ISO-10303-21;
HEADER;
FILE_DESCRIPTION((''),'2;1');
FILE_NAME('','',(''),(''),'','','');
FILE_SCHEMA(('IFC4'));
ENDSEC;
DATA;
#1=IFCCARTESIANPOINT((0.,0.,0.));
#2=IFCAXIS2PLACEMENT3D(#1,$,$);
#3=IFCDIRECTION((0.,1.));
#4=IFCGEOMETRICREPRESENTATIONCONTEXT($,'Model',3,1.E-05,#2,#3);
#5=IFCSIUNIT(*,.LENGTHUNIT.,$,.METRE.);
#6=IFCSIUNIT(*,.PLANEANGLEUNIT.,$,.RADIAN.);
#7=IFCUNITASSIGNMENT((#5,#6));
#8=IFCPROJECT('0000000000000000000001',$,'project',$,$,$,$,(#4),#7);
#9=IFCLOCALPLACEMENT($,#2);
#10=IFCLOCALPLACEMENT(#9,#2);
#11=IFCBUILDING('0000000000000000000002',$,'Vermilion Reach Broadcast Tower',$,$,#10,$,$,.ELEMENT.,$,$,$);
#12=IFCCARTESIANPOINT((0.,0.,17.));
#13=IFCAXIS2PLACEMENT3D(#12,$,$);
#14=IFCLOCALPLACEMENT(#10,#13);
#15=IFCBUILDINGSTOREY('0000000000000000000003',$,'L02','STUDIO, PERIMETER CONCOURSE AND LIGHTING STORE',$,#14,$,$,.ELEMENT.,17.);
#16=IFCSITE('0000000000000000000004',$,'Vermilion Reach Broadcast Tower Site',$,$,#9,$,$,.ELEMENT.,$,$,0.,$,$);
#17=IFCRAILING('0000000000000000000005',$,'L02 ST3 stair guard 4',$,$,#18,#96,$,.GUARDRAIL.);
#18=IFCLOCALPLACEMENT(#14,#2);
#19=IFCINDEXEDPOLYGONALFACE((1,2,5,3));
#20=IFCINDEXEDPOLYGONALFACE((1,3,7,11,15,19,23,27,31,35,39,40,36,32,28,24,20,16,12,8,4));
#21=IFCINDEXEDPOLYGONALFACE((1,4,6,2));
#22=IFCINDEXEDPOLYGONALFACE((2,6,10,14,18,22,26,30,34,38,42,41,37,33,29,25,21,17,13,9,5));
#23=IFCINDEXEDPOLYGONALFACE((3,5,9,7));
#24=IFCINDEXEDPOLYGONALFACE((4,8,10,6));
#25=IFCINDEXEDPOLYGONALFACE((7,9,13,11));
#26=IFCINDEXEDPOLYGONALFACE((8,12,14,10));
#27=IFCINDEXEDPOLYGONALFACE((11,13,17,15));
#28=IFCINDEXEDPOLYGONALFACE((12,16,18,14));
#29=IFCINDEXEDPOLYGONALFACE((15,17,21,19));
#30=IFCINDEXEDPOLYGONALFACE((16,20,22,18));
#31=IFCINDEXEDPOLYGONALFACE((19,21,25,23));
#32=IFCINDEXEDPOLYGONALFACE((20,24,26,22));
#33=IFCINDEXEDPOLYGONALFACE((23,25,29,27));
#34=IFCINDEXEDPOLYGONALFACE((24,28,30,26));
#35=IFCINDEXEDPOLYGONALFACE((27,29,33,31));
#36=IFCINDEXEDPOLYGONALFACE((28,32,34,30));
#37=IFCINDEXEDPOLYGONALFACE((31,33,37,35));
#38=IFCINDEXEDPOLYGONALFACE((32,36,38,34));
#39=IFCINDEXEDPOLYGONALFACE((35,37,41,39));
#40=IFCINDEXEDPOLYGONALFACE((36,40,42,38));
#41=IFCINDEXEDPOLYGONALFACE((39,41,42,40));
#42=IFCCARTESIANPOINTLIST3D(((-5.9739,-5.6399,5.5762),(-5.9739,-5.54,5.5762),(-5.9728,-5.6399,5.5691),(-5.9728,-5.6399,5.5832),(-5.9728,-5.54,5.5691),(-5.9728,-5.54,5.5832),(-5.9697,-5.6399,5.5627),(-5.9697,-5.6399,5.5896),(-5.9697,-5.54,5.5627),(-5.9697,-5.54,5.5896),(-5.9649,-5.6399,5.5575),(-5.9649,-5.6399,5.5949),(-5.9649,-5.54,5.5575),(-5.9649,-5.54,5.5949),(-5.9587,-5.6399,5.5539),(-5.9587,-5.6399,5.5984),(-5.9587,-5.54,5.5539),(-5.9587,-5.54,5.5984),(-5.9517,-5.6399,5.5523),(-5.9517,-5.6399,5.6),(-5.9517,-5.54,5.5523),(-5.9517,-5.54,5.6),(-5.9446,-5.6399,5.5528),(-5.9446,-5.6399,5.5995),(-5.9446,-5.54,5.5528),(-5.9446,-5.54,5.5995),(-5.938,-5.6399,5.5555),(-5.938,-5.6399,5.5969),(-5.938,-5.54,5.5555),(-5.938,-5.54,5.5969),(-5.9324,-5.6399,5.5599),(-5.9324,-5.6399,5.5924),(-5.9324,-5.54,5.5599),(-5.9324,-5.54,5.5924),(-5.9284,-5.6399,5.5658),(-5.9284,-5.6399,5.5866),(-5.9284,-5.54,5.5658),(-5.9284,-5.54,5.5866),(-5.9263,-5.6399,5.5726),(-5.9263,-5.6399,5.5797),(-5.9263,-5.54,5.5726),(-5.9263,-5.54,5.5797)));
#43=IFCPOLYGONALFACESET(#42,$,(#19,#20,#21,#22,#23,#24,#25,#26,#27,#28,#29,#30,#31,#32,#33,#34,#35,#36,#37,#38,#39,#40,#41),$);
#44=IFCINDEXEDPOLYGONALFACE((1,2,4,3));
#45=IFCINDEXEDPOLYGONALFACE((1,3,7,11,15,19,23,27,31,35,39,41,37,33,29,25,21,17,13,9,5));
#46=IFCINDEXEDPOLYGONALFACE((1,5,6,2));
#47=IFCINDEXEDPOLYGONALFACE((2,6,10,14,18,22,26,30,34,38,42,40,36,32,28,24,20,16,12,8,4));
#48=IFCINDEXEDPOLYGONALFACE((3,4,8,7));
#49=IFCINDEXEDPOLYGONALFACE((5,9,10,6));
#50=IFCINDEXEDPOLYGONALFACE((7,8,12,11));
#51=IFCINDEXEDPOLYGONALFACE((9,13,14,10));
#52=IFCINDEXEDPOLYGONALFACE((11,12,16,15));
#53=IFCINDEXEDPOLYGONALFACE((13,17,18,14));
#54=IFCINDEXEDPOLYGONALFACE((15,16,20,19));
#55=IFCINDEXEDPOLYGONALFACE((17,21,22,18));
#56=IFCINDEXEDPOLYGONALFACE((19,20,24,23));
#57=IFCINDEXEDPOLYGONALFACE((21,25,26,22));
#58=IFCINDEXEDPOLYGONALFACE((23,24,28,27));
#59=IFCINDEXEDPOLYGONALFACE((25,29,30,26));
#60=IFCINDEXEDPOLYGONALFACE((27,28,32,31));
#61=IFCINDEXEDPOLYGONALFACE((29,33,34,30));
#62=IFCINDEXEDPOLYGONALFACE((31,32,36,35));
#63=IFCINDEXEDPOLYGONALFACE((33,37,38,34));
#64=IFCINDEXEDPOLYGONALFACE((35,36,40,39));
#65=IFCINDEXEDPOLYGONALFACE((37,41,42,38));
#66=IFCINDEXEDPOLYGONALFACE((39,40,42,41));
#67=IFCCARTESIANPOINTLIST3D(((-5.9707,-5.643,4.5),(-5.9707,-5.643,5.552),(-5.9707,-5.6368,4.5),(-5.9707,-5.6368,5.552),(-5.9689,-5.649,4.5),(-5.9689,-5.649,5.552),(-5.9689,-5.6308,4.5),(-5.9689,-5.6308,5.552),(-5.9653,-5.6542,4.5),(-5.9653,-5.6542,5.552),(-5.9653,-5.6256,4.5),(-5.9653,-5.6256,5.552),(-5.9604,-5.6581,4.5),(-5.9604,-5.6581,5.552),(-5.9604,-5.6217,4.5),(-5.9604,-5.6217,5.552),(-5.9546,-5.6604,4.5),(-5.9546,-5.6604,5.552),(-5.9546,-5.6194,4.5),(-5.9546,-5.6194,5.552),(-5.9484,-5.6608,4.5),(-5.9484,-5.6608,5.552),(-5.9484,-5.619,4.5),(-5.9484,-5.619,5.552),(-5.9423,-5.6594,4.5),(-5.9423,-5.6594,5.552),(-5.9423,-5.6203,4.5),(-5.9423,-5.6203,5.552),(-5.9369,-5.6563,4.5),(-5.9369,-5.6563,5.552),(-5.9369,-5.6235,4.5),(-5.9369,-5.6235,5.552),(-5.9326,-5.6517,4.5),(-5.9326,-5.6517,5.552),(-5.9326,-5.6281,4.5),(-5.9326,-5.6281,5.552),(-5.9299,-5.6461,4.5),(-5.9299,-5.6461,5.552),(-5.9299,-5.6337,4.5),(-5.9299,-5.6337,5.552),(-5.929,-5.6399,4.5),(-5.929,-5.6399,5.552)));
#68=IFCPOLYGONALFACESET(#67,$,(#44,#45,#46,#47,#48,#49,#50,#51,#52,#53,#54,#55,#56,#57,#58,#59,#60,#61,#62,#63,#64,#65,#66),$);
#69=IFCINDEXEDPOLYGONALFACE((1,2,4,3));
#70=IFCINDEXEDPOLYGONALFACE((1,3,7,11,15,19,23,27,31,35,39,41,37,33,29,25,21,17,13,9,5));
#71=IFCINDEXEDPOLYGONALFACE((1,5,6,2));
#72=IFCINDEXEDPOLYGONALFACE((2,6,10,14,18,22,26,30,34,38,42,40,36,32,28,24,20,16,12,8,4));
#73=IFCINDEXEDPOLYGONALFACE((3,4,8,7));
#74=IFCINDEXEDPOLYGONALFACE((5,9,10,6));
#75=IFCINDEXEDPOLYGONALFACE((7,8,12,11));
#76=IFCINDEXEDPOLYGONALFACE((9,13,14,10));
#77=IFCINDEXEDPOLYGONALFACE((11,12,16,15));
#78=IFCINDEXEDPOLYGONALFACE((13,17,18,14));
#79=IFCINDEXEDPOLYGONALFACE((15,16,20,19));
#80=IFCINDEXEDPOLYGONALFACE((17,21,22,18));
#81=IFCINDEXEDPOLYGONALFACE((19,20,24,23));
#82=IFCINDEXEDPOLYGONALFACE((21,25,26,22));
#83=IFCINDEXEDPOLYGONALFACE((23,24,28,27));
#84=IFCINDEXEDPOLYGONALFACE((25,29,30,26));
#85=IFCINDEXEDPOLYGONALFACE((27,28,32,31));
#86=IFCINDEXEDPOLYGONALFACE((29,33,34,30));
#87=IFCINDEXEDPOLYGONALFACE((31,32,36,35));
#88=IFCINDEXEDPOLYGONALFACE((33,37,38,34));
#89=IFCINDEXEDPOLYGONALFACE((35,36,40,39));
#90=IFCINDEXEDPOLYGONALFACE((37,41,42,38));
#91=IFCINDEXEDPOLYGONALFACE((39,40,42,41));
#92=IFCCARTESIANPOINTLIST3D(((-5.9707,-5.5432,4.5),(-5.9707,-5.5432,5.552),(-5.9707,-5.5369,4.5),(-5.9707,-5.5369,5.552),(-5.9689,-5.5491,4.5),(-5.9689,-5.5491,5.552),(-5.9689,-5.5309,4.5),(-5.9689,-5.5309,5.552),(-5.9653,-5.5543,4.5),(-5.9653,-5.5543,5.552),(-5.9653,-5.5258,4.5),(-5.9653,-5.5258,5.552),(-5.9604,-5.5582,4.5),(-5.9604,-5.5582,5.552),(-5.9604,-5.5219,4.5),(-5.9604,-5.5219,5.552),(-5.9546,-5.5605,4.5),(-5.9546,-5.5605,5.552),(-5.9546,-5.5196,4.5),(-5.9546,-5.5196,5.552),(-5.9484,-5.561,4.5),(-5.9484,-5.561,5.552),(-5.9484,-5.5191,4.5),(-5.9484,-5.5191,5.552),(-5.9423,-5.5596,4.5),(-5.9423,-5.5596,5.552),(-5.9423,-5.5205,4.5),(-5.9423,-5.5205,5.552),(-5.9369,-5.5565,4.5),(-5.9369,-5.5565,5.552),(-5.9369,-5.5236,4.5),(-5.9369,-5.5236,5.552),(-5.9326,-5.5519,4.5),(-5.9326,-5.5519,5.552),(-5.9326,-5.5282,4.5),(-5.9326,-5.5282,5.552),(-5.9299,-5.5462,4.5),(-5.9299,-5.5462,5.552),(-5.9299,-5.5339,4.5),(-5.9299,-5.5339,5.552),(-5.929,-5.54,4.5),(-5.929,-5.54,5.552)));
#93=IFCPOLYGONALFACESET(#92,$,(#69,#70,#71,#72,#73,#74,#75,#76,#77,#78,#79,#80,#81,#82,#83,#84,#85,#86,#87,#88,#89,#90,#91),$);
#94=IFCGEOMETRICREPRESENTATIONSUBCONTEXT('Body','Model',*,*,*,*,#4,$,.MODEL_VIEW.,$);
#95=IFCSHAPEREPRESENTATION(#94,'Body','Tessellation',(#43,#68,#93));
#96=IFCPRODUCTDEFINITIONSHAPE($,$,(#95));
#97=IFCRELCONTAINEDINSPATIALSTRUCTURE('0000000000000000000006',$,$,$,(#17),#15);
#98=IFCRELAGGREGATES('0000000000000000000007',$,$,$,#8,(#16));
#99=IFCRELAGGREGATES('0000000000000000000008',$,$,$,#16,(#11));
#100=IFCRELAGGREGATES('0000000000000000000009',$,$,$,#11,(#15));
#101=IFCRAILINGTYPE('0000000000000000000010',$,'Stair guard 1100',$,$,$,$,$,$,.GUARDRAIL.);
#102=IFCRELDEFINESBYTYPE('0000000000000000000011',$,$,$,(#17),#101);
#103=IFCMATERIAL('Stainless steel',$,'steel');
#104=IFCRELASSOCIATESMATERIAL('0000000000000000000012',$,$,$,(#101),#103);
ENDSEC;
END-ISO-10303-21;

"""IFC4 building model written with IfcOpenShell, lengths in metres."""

from ifc_helpers import new_model, si_unit, direction, frame, origin, origin_2d, place, context, subcontext, project, spatial, circle, extrude, material, type_object, element, save


model = new_model("IFC4")

# Units and contexts
model_context = context("Model", 3, precision=1e-05, world=origin(), true_north=direction((0.0, 1.0)))
body_context = subcontext(model_context, "Body", "Model", "MODEL_VIEW")
ifc_project = project(units=[si_unit("LENGTHUNIT", "METRE"), si_unit("PLANEANGLEUNIT", "RADIAN")], contexts=[model_context])

# Site, building, storey
site_placement = place(None, origin())
site = spatial("IfcSite", under=ifc_project, at=site_placement, Name="Vermilion Reach Broadcast Tower Site", CompositionType="ELEMENT", RefElevation=0.0)
building_placement = place(site_placement, origin())
building = spatial("IfcBuilding", under=site, at=building_placement, Name="Vermilion Reach Broadcast Tower", CompositionType="ELEMENT")
storey_placement = place(building_placement, frame((0.0, 0.0, 17.0)))
storey = spatial("IfcBuildingStorey", under=building, at=storey_placement, Name="L02", Description="STUDIO, PERIMETER CONCOURSE AND LIGHTING STORE", CompositionType="ELEMENT", Elevation=17.0)

# Railing
ifc_material_1 = material(Name="Stainless steel", Category="steel")
railing_type_1 = type_object("IfcRailingType", Name="Stair guard 1100", PredefinedType="GUARDRAIL", material=ifc_material_1)
railing_1_placement = place(storey_placement, frame((-5.95, -5.6399, 4.5)))
element("IfcRailing", 1, at=railing_1_placement, inside=storey, type_object=railing_type_1, Name="L02 ST3 stair guard 4", PredefinedType="GUARDRAIL", context=body_context, shape_type="SweptSolid", body=[
    extrude(circle(Radius=0.0239, at=origin_2d()), frame((0.0, 0.0, 1.0762), z_axis=(0.0, 1.0, 0.0), x_axis=(-1.0, 0.0, 0.0)), (0.0, 0.0, 1.0), 0.0999),
    extrude(circle(Radius=0.021, at=origin_2d()), origin(), (0.0, 0.0, 1.0), 1.052),
    extrude(circle(Radius=0.021, at=origin_2d()), frame((0.0, 0.0999, 0.0)), (0.0, 0.0, 1.0), 1.052),
])

save(model, "model.ifc")
